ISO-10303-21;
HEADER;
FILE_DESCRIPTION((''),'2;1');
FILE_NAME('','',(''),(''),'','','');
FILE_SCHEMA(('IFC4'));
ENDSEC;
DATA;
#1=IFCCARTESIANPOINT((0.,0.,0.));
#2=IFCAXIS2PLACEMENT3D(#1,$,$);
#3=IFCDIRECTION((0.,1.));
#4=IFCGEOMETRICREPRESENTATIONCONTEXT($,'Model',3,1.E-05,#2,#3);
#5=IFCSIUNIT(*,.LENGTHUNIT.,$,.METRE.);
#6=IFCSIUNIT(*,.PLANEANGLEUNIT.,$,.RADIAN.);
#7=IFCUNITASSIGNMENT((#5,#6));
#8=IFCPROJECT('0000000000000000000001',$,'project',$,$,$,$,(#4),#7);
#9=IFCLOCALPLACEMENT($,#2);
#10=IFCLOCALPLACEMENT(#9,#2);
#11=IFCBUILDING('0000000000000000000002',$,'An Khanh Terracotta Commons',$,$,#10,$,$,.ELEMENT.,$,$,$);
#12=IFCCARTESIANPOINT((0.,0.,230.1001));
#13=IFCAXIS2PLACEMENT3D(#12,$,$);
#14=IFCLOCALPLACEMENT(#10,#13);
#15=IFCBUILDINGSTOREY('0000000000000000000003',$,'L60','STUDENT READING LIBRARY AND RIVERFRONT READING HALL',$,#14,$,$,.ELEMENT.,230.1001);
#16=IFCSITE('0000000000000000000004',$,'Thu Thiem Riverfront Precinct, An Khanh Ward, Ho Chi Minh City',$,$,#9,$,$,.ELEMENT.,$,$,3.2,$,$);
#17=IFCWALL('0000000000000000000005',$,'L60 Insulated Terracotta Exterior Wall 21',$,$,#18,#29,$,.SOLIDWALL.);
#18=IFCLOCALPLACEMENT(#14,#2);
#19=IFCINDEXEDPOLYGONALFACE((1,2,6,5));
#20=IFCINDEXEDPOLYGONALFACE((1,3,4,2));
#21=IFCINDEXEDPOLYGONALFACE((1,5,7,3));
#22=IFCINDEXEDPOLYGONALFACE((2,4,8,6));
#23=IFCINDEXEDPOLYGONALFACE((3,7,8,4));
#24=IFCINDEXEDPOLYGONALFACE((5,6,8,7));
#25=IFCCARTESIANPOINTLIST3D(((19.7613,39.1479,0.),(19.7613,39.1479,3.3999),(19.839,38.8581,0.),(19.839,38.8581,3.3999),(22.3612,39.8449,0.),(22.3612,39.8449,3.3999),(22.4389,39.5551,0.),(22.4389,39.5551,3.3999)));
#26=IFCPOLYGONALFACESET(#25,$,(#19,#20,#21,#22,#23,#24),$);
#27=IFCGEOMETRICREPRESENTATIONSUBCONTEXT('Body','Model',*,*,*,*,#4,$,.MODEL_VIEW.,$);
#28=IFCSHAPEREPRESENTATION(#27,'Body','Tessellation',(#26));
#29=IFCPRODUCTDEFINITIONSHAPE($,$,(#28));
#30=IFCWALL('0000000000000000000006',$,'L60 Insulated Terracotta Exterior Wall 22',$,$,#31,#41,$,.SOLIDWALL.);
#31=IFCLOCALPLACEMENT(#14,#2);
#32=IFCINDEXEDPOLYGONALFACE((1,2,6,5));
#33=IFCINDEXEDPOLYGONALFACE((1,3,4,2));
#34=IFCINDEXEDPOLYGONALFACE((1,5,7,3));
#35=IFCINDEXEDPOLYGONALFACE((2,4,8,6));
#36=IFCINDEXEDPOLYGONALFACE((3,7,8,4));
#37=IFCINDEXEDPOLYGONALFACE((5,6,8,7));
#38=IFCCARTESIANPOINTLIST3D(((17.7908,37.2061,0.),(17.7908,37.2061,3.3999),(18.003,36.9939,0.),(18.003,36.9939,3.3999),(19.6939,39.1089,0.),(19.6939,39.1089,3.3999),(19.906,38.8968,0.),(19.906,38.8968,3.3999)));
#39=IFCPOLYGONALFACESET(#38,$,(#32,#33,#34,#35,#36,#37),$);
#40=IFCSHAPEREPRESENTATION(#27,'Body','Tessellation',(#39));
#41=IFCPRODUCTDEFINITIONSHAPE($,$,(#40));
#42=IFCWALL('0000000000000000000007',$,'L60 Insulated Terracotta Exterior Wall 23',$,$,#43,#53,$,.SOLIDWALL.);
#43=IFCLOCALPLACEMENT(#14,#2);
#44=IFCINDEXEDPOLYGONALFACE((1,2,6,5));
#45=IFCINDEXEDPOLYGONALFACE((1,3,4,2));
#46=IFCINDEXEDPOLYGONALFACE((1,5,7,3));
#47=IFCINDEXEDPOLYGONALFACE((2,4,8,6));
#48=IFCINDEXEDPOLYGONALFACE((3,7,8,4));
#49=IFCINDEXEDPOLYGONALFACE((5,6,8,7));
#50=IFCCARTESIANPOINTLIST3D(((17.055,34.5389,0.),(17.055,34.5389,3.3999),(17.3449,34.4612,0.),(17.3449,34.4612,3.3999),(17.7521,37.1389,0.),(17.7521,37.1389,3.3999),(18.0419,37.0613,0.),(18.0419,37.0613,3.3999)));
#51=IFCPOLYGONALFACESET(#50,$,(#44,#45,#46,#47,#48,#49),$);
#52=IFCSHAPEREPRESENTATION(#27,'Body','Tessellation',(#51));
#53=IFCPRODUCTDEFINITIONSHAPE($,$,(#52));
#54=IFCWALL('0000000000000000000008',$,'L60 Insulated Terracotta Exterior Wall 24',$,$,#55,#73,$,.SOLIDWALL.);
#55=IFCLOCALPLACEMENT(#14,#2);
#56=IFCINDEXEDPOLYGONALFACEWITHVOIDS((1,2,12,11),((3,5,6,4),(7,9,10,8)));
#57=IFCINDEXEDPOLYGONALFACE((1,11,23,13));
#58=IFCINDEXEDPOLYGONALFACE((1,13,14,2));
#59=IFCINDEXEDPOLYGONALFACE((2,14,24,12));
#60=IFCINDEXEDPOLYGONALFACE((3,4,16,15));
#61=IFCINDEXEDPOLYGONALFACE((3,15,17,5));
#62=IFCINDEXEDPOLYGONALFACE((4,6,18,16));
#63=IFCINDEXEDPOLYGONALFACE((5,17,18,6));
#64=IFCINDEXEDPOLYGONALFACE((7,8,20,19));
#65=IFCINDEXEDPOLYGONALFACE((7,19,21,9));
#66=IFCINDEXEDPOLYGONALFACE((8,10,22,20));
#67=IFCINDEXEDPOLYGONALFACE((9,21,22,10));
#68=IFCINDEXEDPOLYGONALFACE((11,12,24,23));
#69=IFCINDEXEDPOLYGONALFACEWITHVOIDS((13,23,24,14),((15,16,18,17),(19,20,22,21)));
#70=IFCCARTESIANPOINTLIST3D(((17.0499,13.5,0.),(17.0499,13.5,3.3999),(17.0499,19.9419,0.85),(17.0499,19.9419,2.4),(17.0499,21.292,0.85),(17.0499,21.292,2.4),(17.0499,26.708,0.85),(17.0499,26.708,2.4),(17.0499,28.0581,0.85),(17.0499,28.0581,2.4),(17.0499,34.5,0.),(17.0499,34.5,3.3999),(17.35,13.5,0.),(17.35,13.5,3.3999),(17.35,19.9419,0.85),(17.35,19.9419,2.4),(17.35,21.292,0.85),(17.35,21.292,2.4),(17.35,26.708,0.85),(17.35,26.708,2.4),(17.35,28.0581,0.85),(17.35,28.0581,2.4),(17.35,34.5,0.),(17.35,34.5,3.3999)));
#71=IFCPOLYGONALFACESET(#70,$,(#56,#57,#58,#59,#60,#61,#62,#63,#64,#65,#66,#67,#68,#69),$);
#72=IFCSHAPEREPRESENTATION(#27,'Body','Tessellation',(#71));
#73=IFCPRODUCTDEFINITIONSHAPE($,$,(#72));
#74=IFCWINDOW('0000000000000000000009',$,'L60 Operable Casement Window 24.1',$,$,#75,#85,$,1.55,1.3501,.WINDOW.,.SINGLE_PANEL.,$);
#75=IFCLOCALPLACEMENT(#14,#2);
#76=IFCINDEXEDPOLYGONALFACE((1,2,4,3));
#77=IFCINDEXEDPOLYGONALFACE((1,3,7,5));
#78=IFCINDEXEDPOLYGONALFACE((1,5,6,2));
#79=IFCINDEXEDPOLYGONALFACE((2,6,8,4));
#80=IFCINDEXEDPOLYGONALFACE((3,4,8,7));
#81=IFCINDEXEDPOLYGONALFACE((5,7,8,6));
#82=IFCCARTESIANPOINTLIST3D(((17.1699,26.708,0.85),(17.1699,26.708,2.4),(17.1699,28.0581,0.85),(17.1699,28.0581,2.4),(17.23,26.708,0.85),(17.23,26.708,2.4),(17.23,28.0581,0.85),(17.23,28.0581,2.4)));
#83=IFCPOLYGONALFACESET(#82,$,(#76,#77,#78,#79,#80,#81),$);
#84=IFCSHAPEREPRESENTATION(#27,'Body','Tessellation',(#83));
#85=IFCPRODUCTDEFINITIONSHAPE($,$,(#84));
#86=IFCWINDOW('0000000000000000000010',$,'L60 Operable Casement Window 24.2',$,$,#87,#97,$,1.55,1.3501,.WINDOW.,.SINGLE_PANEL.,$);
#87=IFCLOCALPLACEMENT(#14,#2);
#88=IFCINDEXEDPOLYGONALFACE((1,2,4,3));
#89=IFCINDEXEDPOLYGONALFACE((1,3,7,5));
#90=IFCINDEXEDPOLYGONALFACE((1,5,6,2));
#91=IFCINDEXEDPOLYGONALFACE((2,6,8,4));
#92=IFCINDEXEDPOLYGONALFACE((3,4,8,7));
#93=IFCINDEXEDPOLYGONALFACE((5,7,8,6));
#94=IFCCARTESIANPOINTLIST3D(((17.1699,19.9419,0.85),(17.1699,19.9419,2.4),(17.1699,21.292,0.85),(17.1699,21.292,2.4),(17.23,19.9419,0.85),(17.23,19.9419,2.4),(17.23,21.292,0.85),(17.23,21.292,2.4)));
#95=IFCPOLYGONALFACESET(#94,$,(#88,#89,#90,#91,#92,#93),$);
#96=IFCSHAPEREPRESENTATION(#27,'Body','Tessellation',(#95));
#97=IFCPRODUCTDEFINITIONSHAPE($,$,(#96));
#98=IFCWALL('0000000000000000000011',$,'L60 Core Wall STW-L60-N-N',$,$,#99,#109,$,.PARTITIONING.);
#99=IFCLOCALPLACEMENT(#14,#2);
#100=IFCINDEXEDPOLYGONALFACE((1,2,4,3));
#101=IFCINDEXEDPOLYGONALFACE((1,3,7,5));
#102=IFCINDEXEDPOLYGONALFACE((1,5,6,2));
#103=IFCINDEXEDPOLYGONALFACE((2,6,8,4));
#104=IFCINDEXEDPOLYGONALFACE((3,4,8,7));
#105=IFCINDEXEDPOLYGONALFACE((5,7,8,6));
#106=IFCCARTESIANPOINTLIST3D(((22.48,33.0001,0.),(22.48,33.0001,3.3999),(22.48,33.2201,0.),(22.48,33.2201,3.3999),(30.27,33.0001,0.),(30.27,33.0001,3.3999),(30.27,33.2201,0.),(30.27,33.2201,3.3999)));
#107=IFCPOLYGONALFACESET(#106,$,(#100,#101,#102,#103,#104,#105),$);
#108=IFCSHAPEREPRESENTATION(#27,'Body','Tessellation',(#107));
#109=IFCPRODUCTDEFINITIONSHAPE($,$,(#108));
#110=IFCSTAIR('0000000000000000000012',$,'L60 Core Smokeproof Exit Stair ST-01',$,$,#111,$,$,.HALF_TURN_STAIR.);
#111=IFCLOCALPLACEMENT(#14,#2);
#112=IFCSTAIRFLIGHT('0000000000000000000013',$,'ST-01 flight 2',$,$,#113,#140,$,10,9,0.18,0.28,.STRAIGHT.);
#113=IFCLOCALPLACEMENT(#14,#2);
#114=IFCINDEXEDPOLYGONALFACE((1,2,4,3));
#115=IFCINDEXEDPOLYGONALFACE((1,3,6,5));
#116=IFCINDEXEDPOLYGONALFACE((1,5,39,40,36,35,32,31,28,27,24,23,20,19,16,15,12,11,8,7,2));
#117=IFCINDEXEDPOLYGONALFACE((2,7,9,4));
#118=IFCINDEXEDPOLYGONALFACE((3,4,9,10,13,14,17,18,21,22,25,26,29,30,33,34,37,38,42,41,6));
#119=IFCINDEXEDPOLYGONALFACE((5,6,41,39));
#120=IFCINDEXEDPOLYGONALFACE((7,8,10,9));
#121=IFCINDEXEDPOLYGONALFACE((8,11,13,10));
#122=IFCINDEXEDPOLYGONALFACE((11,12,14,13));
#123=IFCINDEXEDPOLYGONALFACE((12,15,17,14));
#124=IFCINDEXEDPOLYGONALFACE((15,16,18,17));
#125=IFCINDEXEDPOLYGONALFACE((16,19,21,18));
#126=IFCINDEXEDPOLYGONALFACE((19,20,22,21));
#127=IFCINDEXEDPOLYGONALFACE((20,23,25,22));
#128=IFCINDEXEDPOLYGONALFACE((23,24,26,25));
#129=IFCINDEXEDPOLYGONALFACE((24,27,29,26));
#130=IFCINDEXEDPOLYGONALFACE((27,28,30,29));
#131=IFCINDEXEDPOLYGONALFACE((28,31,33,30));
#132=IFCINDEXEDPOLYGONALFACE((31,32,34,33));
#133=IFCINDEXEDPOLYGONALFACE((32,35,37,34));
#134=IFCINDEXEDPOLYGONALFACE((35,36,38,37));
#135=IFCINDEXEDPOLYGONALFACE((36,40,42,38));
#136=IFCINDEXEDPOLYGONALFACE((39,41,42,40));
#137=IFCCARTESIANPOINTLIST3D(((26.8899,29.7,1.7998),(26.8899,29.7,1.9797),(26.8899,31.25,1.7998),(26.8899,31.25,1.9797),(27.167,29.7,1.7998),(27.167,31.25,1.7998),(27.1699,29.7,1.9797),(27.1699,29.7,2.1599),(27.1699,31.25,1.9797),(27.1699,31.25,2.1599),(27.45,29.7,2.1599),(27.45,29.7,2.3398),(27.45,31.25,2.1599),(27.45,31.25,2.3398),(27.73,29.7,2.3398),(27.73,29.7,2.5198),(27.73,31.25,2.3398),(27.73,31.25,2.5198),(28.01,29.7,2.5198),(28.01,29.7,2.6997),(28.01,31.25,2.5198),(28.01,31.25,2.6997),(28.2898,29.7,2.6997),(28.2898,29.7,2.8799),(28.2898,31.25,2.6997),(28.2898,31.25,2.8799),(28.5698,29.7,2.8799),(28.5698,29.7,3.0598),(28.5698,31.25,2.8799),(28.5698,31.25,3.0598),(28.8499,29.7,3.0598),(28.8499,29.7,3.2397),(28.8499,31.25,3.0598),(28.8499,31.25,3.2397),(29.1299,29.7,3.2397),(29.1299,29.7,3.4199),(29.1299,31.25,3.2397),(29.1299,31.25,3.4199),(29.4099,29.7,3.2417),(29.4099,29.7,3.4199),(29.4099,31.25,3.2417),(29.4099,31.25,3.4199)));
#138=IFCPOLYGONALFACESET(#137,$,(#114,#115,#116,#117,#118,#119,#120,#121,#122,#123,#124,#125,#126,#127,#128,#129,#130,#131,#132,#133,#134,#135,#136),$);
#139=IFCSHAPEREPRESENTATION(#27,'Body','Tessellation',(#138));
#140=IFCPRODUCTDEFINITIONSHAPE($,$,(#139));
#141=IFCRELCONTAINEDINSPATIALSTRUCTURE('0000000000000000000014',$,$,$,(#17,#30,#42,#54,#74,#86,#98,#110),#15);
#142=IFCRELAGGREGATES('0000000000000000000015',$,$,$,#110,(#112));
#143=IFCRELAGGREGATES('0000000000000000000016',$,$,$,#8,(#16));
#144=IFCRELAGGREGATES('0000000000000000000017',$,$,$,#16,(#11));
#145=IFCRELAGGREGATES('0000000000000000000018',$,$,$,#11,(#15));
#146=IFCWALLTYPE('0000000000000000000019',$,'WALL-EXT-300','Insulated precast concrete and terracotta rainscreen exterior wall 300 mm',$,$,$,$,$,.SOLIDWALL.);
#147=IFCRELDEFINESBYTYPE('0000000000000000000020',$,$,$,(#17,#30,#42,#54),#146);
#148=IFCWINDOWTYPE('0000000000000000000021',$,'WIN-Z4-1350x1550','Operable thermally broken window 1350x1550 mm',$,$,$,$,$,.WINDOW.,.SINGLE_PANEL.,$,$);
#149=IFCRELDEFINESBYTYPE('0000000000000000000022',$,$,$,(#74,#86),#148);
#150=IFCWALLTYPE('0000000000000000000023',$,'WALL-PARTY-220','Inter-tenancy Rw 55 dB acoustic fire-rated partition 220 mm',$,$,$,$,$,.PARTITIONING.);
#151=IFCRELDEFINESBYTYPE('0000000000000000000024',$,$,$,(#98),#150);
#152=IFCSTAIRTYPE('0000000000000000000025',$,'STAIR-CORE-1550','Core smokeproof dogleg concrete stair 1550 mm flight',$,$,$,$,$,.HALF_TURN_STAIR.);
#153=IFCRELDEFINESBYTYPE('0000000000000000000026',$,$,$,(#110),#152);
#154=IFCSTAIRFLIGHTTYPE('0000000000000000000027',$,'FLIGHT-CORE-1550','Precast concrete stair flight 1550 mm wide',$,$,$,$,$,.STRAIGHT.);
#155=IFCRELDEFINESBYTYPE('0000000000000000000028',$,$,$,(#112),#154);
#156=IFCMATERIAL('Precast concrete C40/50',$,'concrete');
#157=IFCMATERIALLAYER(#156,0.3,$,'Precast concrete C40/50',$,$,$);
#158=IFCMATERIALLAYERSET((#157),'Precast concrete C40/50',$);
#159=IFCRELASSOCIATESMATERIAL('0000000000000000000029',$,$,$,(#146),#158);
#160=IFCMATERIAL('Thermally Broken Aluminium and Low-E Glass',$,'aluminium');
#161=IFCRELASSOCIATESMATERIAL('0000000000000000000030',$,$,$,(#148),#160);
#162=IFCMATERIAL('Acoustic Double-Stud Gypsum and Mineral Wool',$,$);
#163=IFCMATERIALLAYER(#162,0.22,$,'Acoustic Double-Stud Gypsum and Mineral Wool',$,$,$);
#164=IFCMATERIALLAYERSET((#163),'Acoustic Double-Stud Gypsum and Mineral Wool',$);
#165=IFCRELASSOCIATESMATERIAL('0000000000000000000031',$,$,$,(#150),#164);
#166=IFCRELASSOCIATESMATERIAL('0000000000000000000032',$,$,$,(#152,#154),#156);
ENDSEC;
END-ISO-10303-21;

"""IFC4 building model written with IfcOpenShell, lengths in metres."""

from ifc_helpers import new_model, si_unit, direction, frame, frame_2d, origin, place, context, subcontext, project, spatial, polyline, rectangle, outline, extrude, material, layer, layer_set, type_object, element, fill, aggregate, save


model = new_model("IFC4")

# Units and contexts
model_context = context("Model", 3, precision=1e-05, world=origin(), true_north=direction((0.0, 1.0)))
body_context = subcontext(model_context, "Body", "Model", "MODEL_VIEW")
ifc_project = project(units=[si_unit("LENGTHUNIT", "METRE"), si_unit("PLANEANGLEUNIT", "RADIAN")], contexts=[model_context])

# Site, building, storey
site_placement = place(None, origin())
site = spatial("IfcSite", under=ifc_project, at=site_placement, Name="Thu Thiem Riverfront Precinct, An Khanh Ward, Ho Chi Minh City", CompositionType="ELEMENT", RefElevation=3.2)
building_placement = place(site_placement, origin())
building = spatial("IfcBuilding", under=site, at=building_placement, Name="An Khanh Terracotta Commons", CompositionType="ELEMENT")
storey_placement = place(building_placement, frame((0.0, 0.0, 230.1001)))
storey = spatial("IfcBuildingStorey", under=building, at=storey_placement, Name="L60", Description="STUDENT READING LIBRARY AND RIVERFRONT READING HALL", CompositionType="ELEMENT", Elevation=230.1001)

# Walls
ifc_material_1 = material(Name="Precast concrete C40/50", Category="concrete")
ifc_layer_1 = layer(ifc_material_1, 0.3, Name="Precast concrete C40/50")
ifc_layer_set_1 = layer_set([ifc_layer_1], Name="Precast concrete C40/50")
wall_type_1 = type_object("IfcWallType", Name="WALL-EXT-300", Description="Insulated precast concrete and terracotta rainscreen exterior wall 300 mm", PredefinedType="SOLIDWALL", material=ifc_layer_set_1)
wall_1_placement = place(storey_placement, frame((22.3999, 39.7, 0.0), z_axis=(0.0, 0.0, 1.0), x_axis=(-0.965889, -0.258955, 0.0)))
element("IfcWall", 1, at=wall_1_placement, inside=storey, type_object=wall_type_1, Name="L60 Insulated Terracotta Exterior Wall 21", PredefinedType="SOLIDWALL", context=body_context, shape_type="SweptSolid", body=[
    extrude(rectangle(XDim=2.6917, YDim=0.3, at=frame_2d((1.3457, 0.0))), origin(), (0.0, 0.0, 1.0), 3.3999),
])
wall_2_placement = place(storey_placement, frame((19.8, 39.0029, 0.0), z_axis=(0.0, 0.0, 1.0), x_axis=(-0.707152, -0.707061, 0.0)))
element("IfcWall", 2, at=wall_2_placement, inside=storey, type_object=wall_type_1, Name="L60 Insulated Terracotta Exterior Wall 22", PredefinedType="SOLIDWALL", context=body_context, shape_type="SweptSolid", body=[
    extrude(rectangle(XDim=2.6912, YDim=0.3, at=frame_2d((1.3457, 0.0))), origin(), (0.0, 0.0, 1.0), 3.3999),
])
wall_3_placement = place(storey_placement, frame((17.897, 37.1001, 0.0), z_axis=(0.0, 0.0, 1.0), x_axis=(-0.258933, -0.965895, 0.0)))
element("IfcWall", 3, at=wall_3_placement, inside=storey, type_object=wall_type_1, Name="L60 Insulated Terracotta Exterior Wall 23", PredefinedType="SOLIDWALL", context=body_context, shape_type="SweptSolid", body=[
    extrude(rectangle(XDim=2.6919, YDim=0.3, at=frame_2d((1.3459, 0.0))), origin(), (0.0, 0.0, 1.0), 3.3999),
])

# Wall, openings, windows
wall_4_placement = place(storey_placement, frame((17.2, 34.5, 0.0), z_axis=(0.0, 0.0, 1.0), x_axis=(0.0, -1.0, 0.0)))
wall_4 = element("IfcWall", 4, at=wall_4_placement, inside=storey, type_object=wall_type_1, Name="L60 Insulated Terracotta Exterior Wall 24", PredefinedType="SOLIDWALL", context=body_context, shape_type="SweptSolid", body=[
    extrude(rectangle(XDim=21.0, YDim=0.3, at=frame_2d((10.5, 0.0))), origin(), (0.0, 0.0, 1.0), 3.3999),
])
opening_1_placement = place(wall_4_placement, frame((6.4419, 0.0, 0.8501)))
opening_1 = element("IfcOpeningElement", 5, at=opening_1_placement, cuts=wall_4, PredefinedType="OPENING", context=body_context, shape_type="SweptSolid", body=[
    extrude(rectangle(XDim=1.3501, YDim=1.55, at=frame_2d((0.675, 0.7749))), frame((0.0, 0.1599, 0.0), z_axis=(0.0, -1.0, 0.0), x_axis=(1.0, 0.0, 0.0)), (0.0, 0.0, 1.0), 0.3201),
])
opening_2_placement = place(wall_4_placement, frame((13.208, 0.0, 0.8501)))
opening_2 = element("IfcOpeningElement", 6, at=opening_2_placement, cuts=wall_4, PredefinedType="OPENING", context=body_context, shape_type="SweptSolid", body=[
    extrude(rectangle(XDim=1.3501, YDim=1.55, at=frame_2d((0.675, 0.7749))), frame((0.0, 0.1599, 0.0), z_axis=(0.0, -1.0, 0.0), x_axis=(1.0, 0.0, 0.0)), (0.0, 0.0, 1.0), 0.3201),
])
ifc_material_2 = material(Name="Thermally Broken Aluminium and Low-E Glass", Category="aluminium")
window_type = type_object("IfcWindowType", Name="WIN-Z4-1350x1550", Description="Operable thermally broken window 1350x1550 mm", PartitioningType="SINGLE_PANEL", PredefinedType="WINDOW", material=ifc_material_2)
window_1_placement = place(opening_1_placement, origin())
window_1 = element("IfcWindow", 7, at=window_1_placement, inside=storey, type_object=window_type, Name="L60 Operable Casement Window 24.1", OverallHeight=1.55, OverallWidth=1.3501, PartitioningType="SINGLE_PANEL", PredefinedType="WINDOW", context=body_context, shape_type="SweptSolid", body=[
    extrude(rectangle(XDim=1.3501, YDim=1.55, at=frame_2d((0.675, 0.7749))), frame((0.0, 0.03, 0.0), z_axis=(0.0, -1.0, 0.0), x_axis=(1.0, 0.0, 0.0)), (0.0, 0.0, 1.0), 0.0601),
])
fill(opening_1, window_1)
window_2_placement = place(opening_2_placement, origin())
window_2 = element("IfcWindow", 8, at=window_2_placement, inside=storey, type_object=window_type, Name="L60 Operable Casement Window 24.2", OverallHeight=1.55, OverallWidth=1.3501, PartitioningType="SINGLE_PANEL", PredefinedType="WINDOW", context=body_context, shape_type="SweptSolid", body=[
    extrude(rectangle(XDim=1.3501, YDim=1.55, at=frame_2d((0.675, 0.7749))), frame((0.0, 0.03, 0.0), z_axis=(0.0, -1.0, 0.0), x_axis=(1.0, 0.0, 0.0)), (0.0, 0.0, 1.0), 0.0601),
])
fill(opening_2, window_2)

# Wall
ifc_material_3 = material(Name="Acoustic Double-Stud Gypsum and Mineral Wool")
ifc_layer_2 = layer(ifc_material_3, 0.22, Name="Acoustic Double-Stud Gypsum and Mineral Wool")
ifc_layer_set_2 = layer_set([ifc_layer_2], Name="Acoustic Double-Stud Gypsum and Mineral Wool")
wall_type_2 = type_object("IfcWallType", Name="WALL-PARTY-220", Description="Inter-tenancy Rw 55 dB acoustic fire-rated partition 220 mm", PredefinedType="PARTITIONING", material=ifc_layer_set_2)
wall_5_placement = place(storey_placement, frame((22.48, 33.1101, 0.0), z_axis=(0.0, 0.0, 1.0), x_axis=(1.0, 0.0, 0.0)))
element("IfcWall", 9, at=wall_5_placement, inside=storey, type_object=wall_type_2, Name="L60 Core Wall STW-L60-N-N", PredefinedType="PARTITIONING", context=body_context, shape_type="SweptSolid", body=[
    extrude(rectangle(XDim=7.79, YDim=0.22, at=frame_2d((3.895, 0.0))), origin(), (0.0, 0.0, 1.0), 3.3999),
])

# Stair, stair flight
stair_type = type_object("IfcStairType", Name="STAIR-CORE-1550", Description="Core smokeproof dogleg concrete stair 1550 mm flight", PredefinedType="HALF_TURN_STAIR", material=ifc_material_1)
stair_placement = place(storey_placement, origin())
stair = element("IfcStair", 10, at=stair_placement, inside=storey, type_object=stair_type, Name="L60 Core Smokeproof Exit Stair ST-01", PredefinedType="HALF_TURN_STAIR")
stair_flight_type = type_object("IfcStairFlightType", Name="FLIGHT-CORE-1550", Description="Precast concrete stair flight 1550 mm wide", PredefinedType="STRAIGHT", material=ifc_material_1)
stair_flight_placement = place(storey_placement, frame((26.8899, 30.4751, 1.7998), z_axis=(0.0, 0.0, 1.0), x_axis=(1.0, 0.0, 0.0)))
stair_flight = element("IfcStairFlight", 11, at=stair_flight_placement, type_object=stair_flight_type, Name="ST-01 flight 2", NumberOfRisers=10, NumberOfTreads=9, PredefinedType="STRAIGHT", RiserHeight=0.18, TreadLength=0.28, context=body_context, shape_type="SweptSolid", body=[
    extrude(outline(polyline([(0.0, 0.0), (0.0, 0.1799), (0.28, 0.1799), (0.28, 0.3601), (0.5601, 0.3601), (0.5601, 0.54), (0.8401, 0.54), (0.8401, 0.72), (1.1201, 0.72), (1.1201, 0.8999), (1.3999, 0.8999), (1.3999, 1.0801), (1.6799, 1.0801), (1.6799, 1.26), (1.96, 1.26), (1.96, 1.4399), (2.24, 1.4399), (2.24, 1.6201), (2.52, 1.6201), (2.52, 1.8), (2.52, 1.4419), (0.2771, 0.0), (0.0, 0.0)])), frame((0.0, 0.7749, 0.0), z_axis=(0.0, -1.0, 0.0), x_axis=(1.0, 0.0, 0.0)), (0.0, 0.0, 1.0), 1.55),
])
aggregate(stair, [stair_flight])

save(model, "model.ifc")
